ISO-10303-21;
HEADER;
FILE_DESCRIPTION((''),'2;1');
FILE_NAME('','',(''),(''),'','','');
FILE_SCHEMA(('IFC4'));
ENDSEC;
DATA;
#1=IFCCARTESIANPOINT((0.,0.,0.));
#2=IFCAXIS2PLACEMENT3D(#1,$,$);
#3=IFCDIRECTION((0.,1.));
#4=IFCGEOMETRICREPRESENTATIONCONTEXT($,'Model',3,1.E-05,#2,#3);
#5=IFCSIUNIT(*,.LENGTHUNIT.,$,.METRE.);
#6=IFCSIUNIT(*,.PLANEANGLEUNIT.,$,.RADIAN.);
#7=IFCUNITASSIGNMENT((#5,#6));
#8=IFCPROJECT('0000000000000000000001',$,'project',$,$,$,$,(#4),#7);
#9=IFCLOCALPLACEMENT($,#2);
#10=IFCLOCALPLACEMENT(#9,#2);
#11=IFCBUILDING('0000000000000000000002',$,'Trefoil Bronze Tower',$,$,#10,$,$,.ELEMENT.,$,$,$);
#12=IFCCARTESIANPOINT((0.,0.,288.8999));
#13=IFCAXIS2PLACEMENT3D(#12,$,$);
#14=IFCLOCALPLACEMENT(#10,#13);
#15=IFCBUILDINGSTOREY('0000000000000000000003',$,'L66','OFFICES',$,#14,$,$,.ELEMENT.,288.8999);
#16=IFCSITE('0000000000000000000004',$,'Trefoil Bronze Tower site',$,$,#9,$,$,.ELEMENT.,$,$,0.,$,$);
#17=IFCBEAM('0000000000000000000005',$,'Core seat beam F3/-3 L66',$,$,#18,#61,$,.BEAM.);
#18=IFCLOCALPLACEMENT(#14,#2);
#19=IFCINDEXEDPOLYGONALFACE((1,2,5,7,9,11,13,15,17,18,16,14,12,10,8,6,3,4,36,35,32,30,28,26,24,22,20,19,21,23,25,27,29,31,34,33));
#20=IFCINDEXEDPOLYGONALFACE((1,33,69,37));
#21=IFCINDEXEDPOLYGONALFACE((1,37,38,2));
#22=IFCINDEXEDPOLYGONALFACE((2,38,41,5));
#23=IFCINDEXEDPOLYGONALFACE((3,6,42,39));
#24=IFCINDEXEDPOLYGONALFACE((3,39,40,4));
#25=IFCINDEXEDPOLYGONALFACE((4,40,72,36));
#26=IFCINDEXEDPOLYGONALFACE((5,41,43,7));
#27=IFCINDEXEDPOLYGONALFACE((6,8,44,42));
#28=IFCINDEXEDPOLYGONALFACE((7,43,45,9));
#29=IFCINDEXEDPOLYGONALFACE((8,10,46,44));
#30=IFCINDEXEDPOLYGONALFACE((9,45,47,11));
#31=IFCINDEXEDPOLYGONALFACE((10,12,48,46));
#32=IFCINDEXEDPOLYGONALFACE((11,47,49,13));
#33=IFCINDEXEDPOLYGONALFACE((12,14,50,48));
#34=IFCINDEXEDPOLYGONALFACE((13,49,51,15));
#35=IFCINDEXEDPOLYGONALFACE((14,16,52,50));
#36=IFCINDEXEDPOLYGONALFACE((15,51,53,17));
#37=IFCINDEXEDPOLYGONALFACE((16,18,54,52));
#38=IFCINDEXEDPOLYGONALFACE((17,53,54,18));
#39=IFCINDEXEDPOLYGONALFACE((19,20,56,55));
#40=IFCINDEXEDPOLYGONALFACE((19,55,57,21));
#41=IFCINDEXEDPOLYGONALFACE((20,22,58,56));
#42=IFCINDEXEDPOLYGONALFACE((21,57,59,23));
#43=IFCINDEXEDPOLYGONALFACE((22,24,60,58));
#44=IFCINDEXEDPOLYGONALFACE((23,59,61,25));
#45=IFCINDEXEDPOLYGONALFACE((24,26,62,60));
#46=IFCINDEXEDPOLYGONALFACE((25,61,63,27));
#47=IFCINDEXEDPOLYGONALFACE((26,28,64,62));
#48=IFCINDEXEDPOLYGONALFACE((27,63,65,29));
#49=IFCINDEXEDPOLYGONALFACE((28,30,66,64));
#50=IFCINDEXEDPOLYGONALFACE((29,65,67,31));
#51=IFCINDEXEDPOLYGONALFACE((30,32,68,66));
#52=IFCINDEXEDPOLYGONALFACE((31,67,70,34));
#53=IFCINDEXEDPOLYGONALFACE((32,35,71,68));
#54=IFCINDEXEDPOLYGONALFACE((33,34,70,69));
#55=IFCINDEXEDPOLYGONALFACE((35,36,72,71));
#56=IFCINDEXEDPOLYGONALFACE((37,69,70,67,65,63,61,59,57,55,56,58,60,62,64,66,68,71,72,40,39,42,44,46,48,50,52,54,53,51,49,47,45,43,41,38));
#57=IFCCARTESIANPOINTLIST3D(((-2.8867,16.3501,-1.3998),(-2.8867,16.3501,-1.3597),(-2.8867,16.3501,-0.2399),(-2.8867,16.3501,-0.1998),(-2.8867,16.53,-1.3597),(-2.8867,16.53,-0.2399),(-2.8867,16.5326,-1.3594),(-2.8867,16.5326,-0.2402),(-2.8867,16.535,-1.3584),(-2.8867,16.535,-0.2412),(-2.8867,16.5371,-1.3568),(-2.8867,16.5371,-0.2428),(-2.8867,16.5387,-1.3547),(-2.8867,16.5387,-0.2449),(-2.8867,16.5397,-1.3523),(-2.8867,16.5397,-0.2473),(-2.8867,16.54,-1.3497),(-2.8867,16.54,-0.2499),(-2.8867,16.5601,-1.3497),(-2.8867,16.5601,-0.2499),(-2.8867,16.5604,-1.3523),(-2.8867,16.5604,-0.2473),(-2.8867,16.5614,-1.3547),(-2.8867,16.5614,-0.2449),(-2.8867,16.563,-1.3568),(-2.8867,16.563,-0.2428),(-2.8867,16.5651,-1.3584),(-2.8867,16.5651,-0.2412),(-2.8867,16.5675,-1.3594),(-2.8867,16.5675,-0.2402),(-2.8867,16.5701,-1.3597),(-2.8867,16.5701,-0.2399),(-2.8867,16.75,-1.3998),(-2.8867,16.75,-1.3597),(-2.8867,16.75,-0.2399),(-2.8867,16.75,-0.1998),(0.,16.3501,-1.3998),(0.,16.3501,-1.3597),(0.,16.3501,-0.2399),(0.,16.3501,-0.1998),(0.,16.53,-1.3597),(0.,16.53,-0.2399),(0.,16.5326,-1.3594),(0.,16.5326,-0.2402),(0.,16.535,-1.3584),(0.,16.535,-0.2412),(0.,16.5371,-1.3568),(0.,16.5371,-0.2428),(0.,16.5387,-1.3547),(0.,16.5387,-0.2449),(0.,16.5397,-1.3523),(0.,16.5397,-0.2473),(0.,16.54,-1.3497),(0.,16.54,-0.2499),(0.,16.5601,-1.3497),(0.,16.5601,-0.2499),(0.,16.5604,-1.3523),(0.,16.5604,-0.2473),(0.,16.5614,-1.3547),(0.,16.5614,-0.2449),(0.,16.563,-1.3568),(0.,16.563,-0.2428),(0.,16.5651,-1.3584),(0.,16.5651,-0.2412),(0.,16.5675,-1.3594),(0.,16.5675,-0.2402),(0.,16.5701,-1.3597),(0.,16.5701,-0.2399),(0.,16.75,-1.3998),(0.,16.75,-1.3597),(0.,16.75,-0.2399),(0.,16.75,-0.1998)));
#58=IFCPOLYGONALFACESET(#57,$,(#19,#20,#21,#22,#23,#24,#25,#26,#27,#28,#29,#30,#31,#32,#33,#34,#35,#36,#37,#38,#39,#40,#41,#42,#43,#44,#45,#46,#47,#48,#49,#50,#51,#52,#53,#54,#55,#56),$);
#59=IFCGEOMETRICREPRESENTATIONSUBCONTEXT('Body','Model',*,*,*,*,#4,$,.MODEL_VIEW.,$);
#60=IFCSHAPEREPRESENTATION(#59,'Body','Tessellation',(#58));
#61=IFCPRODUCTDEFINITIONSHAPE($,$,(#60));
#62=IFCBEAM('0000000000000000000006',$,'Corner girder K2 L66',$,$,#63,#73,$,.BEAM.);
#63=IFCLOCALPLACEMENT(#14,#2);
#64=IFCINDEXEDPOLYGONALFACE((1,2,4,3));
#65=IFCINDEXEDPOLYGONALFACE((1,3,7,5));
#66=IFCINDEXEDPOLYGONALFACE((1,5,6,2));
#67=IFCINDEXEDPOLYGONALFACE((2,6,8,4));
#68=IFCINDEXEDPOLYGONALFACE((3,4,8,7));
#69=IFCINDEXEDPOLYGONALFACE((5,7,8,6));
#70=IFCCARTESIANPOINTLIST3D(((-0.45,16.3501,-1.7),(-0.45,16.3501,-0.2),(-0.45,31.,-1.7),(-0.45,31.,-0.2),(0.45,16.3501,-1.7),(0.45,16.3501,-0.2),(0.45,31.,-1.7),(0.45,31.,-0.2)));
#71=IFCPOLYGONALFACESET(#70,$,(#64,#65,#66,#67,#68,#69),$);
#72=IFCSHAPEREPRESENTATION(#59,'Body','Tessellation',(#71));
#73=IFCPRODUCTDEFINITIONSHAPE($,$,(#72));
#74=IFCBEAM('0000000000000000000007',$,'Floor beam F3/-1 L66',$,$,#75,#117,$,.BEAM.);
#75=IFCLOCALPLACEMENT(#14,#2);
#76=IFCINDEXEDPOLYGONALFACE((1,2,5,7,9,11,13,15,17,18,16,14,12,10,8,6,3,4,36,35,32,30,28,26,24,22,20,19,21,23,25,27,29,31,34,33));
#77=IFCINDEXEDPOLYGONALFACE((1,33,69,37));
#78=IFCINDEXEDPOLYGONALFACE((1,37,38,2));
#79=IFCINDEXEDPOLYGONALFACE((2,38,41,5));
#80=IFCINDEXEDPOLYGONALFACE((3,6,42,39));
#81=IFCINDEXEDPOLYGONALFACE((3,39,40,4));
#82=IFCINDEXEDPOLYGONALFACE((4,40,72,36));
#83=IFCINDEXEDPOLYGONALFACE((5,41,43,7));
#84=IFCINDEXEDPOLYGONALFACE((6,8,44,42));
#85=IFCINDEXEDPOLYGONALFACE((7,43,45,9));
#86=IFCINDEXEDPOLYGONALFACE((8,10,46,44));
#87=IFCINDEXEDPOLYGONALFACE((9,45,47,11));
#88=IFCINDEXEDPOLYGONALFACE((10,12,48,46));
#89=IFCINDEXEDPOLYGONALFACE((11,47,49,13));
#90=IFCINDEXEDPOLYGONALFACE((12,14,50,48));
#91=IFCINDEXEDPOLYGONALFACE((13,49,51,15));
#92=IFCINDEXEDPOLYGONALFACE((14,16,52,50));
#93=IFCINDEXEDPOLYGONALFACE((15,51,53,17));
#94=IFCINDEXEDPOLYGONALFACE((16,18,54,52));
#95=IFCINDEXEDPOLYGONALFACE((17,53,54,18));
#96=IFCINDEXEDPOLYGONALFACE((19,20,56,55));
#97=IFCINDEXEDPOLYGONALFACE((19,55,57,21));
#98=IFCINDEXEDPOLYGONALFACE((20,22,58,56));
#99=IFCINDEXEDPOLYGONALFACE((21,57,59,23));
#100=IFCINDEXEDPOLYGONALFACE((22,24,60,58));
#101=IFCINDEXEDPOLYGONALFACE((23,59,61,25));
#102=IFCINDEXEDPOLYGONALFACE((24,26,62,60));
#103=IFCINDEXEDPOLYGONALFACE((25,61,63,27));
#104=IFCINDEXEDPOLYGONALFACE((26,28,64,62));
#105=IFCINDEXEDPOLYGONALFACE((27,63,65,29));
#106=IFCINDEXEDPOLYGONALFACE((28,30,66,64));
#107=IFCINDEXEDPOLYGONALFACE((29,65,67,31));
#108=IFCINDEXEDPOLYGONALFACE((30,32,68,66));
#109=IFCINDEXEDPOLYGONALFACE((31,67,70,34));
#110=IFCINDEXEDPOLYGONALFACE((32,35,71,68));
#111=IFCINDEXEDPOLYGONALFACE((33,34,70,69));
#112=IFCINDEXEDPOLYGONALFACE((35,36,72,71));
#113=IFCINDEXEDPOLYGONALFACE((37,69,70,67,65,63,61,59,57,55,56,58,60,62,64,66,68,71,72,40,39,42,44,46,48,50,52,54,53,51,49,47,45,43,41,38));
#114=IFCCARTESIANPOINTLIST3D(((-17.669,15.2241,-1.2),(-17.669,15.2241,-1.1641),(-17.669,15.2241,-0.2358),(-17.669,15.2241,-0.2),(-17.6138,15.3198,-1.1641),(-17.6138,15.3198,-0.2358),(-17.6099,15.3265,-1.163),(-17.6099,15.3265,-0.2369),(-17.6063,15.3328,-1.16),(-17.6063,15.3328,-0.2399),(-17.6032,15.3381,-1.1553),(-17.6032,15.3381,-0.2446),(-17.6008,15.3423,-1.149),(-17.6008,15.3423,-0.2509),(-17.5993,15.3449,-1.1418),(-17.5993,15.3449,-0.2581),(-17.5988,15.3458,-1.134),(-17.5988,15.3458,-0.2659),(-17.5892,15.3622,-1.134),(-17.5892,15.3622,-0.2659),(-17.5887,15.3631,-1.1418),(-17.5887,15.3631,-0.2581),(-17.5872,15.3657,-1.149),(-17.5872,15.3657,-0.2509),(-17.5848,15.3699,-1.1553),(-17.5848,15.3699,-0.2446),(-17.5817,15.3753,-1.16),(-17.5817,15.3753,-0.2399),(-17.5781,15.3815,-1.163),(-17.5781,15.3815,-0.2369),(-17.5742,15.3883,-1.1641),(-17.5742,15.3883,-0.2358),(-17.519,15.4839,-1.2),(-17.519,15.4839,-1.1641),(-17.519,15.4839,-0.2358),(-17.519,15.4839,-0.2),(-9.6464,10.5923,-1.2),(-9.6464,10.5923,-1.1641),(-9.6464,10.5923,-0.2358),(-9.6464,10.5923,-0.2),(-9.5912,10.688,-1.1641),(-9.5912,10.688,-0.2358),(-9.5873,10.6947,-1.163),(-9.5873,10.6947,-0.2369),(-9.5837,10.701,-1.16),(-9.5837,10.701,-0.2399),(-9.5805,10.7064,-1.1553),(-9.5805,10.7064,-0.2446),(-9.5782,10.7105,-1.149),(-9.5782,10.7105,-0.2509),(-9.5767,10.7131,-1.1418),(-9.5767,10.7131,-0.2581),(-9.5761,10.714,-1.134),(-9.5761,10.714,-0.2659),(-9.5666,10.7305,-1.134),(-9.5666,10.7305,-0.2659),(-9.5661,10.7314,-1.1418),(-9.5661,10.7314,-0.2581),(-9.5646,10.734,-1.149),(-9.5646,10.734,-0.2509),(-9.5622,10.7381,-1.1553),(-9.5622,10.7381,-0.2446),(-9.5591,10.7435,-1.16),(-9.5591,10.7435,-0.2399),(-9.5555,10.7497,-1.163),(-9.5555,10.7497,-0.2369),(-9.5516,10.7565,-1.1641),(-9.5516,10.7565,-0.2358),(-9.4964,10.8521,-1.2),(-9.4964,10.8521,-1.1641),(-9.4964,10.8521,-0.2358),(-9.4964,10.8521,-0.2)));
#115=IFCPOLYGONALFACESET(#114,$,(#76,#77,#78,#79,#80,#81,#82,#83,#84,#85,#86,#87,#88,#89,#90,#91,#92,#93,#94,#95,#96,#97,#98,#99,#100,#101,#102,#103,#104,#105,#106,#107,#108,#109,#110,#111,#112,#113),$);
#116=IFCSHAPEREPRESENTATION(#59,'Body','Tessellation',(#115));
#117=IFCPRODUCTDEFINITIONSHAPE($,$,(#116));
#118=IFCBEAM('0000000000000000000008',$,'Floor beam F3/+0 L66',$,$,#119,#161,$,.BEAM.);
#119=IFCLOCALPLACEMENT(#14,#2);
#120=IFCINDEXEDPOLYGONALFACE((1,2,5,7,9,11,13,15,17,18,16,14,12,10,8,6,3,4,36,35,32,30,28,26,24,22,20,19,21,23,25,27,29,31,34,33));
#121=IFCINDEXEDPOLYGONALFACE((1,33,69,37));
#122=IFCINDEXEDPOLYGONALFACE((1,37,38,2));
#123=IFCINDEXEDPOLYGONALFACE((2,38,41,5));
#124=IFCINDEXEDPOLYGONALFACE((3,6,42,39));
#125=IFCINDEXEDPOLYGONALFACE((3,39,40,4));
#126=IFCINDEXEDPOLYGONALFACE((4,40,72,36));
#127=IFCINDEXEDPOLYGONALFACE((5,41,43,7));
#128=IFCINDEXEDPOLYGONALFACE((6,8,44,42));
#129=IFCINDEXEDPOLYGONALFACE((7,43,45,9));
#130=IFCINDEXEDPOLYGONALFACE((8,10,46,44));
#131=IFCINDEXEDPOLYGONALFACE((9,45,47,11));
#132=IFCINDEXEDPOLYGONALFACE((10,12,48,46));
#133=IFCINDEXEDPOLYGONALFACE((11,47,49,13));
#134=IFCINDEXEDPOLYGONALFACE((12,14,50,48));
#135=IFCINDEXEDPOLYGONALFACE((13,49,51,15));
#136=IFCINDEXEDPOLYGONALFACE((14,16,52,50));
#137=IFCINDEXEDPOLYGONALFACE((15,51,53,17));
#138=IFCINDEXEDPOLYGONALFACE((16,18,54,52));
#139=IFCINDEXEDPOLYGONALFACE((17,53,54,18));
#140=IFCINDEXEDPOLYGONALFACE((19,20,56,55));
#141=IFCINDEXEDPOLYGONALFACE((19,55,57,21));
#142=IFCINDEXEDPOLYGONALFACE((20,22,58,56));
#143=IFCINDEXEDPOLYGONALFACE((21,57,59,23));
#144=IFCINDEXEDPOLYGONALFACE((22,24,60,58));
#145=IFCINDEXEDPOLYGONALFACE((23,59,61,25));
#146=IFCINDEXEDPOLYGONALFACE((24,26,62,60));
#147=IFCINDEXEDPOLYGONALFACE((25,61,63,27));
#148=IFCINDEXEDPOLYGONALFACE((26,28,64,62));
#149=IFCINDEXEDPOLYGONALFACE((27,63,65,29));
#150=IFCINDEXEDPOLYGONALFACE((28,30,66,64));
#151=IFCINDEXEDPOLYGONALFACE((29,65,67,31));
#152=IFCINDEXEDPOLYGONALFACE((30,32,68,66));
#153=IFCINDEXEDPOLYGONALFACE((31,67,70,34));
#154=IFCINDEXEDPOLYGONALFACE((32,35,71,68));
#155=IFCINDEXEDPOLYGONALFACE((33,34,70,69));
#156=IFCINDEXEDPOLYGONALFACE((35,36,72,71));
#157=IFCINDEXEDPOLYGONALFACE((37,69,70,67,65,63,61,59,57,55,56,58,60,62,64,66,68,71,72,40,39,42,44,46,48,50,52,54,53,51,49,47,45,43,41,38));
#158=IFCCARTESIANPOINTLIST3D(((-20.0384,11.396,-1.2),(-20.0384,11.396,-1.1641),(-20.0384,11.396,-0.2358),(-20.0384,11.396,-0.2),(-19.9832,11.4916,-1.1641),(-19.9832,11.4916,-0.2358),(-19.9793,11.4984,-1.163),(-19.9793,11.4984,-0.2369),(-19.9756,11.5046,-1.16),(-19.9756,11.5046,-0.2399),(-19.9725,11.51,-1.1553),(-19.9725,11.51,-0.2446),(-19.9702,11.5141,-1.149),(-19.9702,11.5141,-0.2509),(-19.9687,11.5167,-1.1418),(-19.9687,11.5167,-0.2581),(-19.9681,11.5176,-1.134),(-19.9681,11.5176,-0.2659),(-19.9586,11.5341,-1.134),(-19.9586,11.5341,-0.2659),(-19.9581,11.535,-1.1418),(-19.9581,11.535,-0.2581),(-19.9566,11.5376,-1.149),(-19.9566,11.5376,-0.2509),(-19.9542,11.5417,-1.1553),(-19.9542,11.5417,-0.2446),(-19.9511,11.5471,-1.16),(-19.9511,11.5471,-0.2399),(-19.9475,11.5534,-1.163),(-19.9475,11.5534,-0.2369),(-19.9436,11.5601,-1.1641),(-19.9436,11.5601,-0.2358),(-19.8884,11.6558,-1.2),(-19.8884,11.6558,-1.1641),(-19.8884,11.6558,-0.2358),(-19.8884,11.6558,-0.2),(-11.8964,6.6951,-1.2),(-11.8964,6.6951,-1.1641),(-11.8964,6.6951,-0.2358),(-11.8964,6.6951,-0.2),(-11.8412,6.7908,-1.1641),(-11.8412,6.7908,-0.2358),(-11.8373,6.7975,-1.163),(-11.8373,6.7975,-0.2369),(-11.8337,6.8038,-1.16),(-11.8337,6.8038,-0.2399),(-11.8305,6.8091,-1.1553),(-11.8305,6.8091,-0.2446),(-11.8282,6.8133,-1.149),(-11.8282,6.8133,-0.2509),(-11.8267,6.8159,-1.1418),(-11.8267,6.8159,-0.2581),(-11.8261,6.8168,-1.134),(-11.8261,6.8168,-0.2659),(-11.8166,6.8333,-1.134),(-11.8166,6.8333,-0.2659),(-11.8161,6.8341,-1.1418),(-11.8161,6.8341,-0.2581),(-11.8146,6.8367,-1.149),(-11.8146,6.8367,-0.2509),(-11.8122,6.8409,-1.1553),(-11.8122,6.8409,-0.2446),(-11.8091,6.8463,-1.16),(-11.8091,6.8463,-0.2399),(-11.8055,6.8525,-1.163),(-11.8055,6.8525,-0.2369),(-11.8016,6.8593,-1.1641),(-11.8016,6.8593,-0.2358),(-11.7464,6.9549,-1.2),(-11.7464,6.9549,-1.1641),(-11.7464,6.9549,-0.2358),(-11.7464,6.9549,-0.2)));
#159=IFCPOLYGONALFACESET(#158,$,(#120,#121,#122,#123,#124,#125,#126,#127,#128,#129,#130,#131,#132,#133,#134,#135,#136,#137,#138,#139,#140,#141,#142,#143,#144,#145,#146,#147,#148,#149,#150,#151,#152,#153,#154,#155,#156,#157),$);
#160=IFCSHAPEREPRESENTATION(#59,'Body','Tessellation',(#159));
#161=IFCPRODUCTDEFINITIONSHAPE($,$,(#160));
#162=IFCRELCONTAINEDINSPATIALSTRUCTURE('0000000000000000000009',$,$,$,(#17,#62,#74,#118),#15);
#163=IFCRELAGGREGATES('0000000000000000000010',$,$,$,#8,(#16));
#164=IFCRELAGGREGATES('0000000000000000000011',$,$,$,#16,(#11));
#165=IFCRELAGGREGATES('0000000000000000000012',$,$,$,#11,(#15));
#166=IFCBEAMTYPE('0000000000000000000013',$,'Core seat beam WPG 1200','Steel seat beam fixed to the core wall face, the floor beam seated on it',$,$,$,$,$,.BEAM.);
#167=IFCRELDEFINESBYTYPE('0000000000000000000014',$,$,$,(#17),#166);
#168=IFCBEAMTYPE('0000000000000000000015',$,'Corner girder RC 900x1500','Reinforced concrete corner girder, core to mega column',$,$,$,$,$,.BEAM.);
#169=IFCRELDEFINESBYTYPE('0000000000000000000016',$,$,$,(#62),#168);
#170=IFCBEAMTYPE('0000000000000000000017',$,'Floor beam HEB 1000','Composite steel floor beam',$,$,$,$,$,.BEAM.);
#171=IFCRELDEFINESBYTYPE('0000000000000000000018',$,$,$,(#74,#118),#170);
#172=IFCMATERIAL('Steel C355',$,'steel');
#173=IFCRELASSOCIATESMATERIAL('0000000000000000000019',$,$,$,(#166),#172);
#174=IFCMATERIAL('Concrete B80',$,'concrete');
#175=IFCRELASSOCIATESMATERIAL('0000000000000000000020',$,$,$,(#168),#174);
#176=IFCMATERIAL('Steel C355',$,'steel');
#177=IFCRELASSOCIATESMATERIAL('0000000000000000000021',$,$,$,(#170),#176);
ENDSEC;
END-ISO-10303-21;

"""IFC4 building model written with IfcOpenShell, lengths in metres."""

from ifc_helpers import new_model, si_unit, direction, frame, origin, origin_2d, place, context, subcontext, project, spatial, rectangle, i_section, extrude, material, material_profile, profile_set, type_object, element, save


model = new_model("IFC4")

# Units and contexts
model_context = context("Model", 3, precision=1e-05, world=origin(), true_north=direction((0.0, 1.0)))
body_context = subcontext(model_context, "Body", "Model", "MODEL_VIEW")
ifc_project = project(units=[si_unit("LENGTHUNIT", "METRE"), si_unit("PLANEANGLEUNIT", "RADIAN")], contexts=[model_context])

# Site, building, storey
site_placement = place(None, origin())
site = spatial("IfcSite", under=ifc_project, at=site_placement, Name="Trefoil Bronze Tower site", CompositionType="ELEMENT", RefElevation=0.0)
building_placement = place(site_placement, origin())
building = spatial("IfcBuilding", under=site, at=building_placement, Name="Trefoil Bronze Tower", CompositionType="ELEMENT")
storey_placement = place(building_placement, frame((0.0, 0.0, 288.8999)))
storey = spatial("IfcBuildingStorey", under=building, at=storey_placement, Name="L66", Description="OFFICES", CompositionType="ELEMENT", Elevation=288.8999)

# Beams
ifc_material_1 = material(Name="Steel C355", Category="steel")
ifc_material_profile_1 = material_profile(ifc_material_1, i_section(OverallWidth=0.3999, OverallDepth=1.2, WebThickness=0.02, FlangeThickness=0.04, FilletRadius=0.01, at=origin_2d()), Name="WPG 1200")
ifc_profile_set_1 = profile_set([ifc_material_profile_1], Name="Steel C355")
beam_type_1 = type_object("IfcBeamType", Name="Core seat beam WPG 1200", Description="Steel seat beam fixed to the core wall face, the floor beam seated on it", PredefinedType="BEAM", material=ifc_profile_set_1)
beam_1_placement = place(storey_placement, frame((0.0, 16.55, -0.7998), z_axis=(-1.0, 0.0, 0.0), x_axis=(0.0, -1.0, 0.0)))
element("IfcBeam", 1, at=beam_1_placement, inside=storey, type_object=beam_type_1, Name="Core seat beam F3/-3 L66", PredefinedType="BEAM", context=body_context, shape_type="SweptSolid", body=[
    extrude(i_section(OverallWidth=0.3999, OverallDepth=1.2, WebThickness=0.02, FlangeThickness=0.04, FilletRadius=0.01, at=origin_2d()), origin(), (0.0, 0.0, 1.0), 2.8867),
])
ifc_material_2 = material(Name="Concrete B80", Category="concrete")
ifc_material_profile_2 = material_profile(ifc_material_2, rectangle(XDim=0.8999, YDim=1.5, at=origin_2d()), Name="RC 900x1500")
ifc_profile_set_2 = profile_set([ifc_material_profile_2], Name="Concrete B80")
beam_type_2 = type_object("IfcBeamType", Name="Corner girder RC 900x1500", Description="Reinforced concrete corner girder, core to mega column", PredefinedType="BEAM", material=ifc_profile_set_2)
beam_2_placement = place(storey_placement, frame((0.0, 16.3501, -0.95), z_axis=(0.0, 1.0, 0.0), x_axis=(-1.0, 0.0, 0.0)))
element("IfcBeam", 2, at=beam_2_placement, inside=storey, type_object=beam_type_2, Name="Corner girder K2 L66", PredefinedType="BEAM", context=body_context, shape_type="SweptSolid", body=[
    extrude(rectangle(XDim=0.8999, YDim=1.5, at=origin_2d()), origin(), (0.0, 0.0, 1.0), 14.6499),
])
ifc_material_3 = material(Name="Steel C355", Category="steel")
ifc_material_profile_3 = material_profile(ifc_material_3, i_section(OverallWidth=0.3, OverallDepth=1.0, WebThickness=0.019, FlangeThickness=0.0359, FilletRadius=0.03, at=origin_2d()), Name="HEB 1000")
ifc_profile_set_3 = profile_set([ifc_material_profile_3], Name="Steel C355")
beam_type_3 = type_object("IfcBeamType", Name="Floor beam HEB 1000", Description="Composite steel floor beam", PredefinedType="BEAM", material=ifc_profile_set_3)
beam_3_placement = place(storey_placement, frame((-17.594, 15.354, -0.7), z_axis=(0.866029, -0.499994, 0.0), x_axis=(0.499994, 0.866029, 0.0)))
element("IfcBeam", 3, at=beam_3_placement, inside=storey, type_object=beam_type_3, Name="Floor beam F3/-1 L66", PredefinedType="BEAM", context=body_context, shape_type="SweptSolid", body=[
    extrude(i_section(OverallWidth=0.3, OverallDepth=1.0, WebThickness=0.019, FlangeThickness=0.0359, FilletRadius=0.03, at=origin_2d()), origin(), (0.0, 0.0, 1.0), 9.2637),
])
beam_4_placement = place(storey_placement, frame((-19.9634, 11.5259, -0.7), z_axis=(0.866021, -0.500007, 0.0), x_axis=(0.500007, 0.866021, 0.0)))
element("IfcBeam", 4, at=beam_4_placement, inside=storey, type_object=beam_type_3, Name="Floor beam F3/+0 L66", PredefinedType="BEAM", context=body_context, shape_type="SweptSolid", body=[
    extrude(i_section(OverallWidth=0.3, OverallDepth=1.0, WebThickness=0.019, FlangeThickness=0.0359, FilletRadius=0.03, at=origin_2d()), origin(), (0.0, 0.0, 1.0), 9.4016),
])

save(model, "model.ifc")
